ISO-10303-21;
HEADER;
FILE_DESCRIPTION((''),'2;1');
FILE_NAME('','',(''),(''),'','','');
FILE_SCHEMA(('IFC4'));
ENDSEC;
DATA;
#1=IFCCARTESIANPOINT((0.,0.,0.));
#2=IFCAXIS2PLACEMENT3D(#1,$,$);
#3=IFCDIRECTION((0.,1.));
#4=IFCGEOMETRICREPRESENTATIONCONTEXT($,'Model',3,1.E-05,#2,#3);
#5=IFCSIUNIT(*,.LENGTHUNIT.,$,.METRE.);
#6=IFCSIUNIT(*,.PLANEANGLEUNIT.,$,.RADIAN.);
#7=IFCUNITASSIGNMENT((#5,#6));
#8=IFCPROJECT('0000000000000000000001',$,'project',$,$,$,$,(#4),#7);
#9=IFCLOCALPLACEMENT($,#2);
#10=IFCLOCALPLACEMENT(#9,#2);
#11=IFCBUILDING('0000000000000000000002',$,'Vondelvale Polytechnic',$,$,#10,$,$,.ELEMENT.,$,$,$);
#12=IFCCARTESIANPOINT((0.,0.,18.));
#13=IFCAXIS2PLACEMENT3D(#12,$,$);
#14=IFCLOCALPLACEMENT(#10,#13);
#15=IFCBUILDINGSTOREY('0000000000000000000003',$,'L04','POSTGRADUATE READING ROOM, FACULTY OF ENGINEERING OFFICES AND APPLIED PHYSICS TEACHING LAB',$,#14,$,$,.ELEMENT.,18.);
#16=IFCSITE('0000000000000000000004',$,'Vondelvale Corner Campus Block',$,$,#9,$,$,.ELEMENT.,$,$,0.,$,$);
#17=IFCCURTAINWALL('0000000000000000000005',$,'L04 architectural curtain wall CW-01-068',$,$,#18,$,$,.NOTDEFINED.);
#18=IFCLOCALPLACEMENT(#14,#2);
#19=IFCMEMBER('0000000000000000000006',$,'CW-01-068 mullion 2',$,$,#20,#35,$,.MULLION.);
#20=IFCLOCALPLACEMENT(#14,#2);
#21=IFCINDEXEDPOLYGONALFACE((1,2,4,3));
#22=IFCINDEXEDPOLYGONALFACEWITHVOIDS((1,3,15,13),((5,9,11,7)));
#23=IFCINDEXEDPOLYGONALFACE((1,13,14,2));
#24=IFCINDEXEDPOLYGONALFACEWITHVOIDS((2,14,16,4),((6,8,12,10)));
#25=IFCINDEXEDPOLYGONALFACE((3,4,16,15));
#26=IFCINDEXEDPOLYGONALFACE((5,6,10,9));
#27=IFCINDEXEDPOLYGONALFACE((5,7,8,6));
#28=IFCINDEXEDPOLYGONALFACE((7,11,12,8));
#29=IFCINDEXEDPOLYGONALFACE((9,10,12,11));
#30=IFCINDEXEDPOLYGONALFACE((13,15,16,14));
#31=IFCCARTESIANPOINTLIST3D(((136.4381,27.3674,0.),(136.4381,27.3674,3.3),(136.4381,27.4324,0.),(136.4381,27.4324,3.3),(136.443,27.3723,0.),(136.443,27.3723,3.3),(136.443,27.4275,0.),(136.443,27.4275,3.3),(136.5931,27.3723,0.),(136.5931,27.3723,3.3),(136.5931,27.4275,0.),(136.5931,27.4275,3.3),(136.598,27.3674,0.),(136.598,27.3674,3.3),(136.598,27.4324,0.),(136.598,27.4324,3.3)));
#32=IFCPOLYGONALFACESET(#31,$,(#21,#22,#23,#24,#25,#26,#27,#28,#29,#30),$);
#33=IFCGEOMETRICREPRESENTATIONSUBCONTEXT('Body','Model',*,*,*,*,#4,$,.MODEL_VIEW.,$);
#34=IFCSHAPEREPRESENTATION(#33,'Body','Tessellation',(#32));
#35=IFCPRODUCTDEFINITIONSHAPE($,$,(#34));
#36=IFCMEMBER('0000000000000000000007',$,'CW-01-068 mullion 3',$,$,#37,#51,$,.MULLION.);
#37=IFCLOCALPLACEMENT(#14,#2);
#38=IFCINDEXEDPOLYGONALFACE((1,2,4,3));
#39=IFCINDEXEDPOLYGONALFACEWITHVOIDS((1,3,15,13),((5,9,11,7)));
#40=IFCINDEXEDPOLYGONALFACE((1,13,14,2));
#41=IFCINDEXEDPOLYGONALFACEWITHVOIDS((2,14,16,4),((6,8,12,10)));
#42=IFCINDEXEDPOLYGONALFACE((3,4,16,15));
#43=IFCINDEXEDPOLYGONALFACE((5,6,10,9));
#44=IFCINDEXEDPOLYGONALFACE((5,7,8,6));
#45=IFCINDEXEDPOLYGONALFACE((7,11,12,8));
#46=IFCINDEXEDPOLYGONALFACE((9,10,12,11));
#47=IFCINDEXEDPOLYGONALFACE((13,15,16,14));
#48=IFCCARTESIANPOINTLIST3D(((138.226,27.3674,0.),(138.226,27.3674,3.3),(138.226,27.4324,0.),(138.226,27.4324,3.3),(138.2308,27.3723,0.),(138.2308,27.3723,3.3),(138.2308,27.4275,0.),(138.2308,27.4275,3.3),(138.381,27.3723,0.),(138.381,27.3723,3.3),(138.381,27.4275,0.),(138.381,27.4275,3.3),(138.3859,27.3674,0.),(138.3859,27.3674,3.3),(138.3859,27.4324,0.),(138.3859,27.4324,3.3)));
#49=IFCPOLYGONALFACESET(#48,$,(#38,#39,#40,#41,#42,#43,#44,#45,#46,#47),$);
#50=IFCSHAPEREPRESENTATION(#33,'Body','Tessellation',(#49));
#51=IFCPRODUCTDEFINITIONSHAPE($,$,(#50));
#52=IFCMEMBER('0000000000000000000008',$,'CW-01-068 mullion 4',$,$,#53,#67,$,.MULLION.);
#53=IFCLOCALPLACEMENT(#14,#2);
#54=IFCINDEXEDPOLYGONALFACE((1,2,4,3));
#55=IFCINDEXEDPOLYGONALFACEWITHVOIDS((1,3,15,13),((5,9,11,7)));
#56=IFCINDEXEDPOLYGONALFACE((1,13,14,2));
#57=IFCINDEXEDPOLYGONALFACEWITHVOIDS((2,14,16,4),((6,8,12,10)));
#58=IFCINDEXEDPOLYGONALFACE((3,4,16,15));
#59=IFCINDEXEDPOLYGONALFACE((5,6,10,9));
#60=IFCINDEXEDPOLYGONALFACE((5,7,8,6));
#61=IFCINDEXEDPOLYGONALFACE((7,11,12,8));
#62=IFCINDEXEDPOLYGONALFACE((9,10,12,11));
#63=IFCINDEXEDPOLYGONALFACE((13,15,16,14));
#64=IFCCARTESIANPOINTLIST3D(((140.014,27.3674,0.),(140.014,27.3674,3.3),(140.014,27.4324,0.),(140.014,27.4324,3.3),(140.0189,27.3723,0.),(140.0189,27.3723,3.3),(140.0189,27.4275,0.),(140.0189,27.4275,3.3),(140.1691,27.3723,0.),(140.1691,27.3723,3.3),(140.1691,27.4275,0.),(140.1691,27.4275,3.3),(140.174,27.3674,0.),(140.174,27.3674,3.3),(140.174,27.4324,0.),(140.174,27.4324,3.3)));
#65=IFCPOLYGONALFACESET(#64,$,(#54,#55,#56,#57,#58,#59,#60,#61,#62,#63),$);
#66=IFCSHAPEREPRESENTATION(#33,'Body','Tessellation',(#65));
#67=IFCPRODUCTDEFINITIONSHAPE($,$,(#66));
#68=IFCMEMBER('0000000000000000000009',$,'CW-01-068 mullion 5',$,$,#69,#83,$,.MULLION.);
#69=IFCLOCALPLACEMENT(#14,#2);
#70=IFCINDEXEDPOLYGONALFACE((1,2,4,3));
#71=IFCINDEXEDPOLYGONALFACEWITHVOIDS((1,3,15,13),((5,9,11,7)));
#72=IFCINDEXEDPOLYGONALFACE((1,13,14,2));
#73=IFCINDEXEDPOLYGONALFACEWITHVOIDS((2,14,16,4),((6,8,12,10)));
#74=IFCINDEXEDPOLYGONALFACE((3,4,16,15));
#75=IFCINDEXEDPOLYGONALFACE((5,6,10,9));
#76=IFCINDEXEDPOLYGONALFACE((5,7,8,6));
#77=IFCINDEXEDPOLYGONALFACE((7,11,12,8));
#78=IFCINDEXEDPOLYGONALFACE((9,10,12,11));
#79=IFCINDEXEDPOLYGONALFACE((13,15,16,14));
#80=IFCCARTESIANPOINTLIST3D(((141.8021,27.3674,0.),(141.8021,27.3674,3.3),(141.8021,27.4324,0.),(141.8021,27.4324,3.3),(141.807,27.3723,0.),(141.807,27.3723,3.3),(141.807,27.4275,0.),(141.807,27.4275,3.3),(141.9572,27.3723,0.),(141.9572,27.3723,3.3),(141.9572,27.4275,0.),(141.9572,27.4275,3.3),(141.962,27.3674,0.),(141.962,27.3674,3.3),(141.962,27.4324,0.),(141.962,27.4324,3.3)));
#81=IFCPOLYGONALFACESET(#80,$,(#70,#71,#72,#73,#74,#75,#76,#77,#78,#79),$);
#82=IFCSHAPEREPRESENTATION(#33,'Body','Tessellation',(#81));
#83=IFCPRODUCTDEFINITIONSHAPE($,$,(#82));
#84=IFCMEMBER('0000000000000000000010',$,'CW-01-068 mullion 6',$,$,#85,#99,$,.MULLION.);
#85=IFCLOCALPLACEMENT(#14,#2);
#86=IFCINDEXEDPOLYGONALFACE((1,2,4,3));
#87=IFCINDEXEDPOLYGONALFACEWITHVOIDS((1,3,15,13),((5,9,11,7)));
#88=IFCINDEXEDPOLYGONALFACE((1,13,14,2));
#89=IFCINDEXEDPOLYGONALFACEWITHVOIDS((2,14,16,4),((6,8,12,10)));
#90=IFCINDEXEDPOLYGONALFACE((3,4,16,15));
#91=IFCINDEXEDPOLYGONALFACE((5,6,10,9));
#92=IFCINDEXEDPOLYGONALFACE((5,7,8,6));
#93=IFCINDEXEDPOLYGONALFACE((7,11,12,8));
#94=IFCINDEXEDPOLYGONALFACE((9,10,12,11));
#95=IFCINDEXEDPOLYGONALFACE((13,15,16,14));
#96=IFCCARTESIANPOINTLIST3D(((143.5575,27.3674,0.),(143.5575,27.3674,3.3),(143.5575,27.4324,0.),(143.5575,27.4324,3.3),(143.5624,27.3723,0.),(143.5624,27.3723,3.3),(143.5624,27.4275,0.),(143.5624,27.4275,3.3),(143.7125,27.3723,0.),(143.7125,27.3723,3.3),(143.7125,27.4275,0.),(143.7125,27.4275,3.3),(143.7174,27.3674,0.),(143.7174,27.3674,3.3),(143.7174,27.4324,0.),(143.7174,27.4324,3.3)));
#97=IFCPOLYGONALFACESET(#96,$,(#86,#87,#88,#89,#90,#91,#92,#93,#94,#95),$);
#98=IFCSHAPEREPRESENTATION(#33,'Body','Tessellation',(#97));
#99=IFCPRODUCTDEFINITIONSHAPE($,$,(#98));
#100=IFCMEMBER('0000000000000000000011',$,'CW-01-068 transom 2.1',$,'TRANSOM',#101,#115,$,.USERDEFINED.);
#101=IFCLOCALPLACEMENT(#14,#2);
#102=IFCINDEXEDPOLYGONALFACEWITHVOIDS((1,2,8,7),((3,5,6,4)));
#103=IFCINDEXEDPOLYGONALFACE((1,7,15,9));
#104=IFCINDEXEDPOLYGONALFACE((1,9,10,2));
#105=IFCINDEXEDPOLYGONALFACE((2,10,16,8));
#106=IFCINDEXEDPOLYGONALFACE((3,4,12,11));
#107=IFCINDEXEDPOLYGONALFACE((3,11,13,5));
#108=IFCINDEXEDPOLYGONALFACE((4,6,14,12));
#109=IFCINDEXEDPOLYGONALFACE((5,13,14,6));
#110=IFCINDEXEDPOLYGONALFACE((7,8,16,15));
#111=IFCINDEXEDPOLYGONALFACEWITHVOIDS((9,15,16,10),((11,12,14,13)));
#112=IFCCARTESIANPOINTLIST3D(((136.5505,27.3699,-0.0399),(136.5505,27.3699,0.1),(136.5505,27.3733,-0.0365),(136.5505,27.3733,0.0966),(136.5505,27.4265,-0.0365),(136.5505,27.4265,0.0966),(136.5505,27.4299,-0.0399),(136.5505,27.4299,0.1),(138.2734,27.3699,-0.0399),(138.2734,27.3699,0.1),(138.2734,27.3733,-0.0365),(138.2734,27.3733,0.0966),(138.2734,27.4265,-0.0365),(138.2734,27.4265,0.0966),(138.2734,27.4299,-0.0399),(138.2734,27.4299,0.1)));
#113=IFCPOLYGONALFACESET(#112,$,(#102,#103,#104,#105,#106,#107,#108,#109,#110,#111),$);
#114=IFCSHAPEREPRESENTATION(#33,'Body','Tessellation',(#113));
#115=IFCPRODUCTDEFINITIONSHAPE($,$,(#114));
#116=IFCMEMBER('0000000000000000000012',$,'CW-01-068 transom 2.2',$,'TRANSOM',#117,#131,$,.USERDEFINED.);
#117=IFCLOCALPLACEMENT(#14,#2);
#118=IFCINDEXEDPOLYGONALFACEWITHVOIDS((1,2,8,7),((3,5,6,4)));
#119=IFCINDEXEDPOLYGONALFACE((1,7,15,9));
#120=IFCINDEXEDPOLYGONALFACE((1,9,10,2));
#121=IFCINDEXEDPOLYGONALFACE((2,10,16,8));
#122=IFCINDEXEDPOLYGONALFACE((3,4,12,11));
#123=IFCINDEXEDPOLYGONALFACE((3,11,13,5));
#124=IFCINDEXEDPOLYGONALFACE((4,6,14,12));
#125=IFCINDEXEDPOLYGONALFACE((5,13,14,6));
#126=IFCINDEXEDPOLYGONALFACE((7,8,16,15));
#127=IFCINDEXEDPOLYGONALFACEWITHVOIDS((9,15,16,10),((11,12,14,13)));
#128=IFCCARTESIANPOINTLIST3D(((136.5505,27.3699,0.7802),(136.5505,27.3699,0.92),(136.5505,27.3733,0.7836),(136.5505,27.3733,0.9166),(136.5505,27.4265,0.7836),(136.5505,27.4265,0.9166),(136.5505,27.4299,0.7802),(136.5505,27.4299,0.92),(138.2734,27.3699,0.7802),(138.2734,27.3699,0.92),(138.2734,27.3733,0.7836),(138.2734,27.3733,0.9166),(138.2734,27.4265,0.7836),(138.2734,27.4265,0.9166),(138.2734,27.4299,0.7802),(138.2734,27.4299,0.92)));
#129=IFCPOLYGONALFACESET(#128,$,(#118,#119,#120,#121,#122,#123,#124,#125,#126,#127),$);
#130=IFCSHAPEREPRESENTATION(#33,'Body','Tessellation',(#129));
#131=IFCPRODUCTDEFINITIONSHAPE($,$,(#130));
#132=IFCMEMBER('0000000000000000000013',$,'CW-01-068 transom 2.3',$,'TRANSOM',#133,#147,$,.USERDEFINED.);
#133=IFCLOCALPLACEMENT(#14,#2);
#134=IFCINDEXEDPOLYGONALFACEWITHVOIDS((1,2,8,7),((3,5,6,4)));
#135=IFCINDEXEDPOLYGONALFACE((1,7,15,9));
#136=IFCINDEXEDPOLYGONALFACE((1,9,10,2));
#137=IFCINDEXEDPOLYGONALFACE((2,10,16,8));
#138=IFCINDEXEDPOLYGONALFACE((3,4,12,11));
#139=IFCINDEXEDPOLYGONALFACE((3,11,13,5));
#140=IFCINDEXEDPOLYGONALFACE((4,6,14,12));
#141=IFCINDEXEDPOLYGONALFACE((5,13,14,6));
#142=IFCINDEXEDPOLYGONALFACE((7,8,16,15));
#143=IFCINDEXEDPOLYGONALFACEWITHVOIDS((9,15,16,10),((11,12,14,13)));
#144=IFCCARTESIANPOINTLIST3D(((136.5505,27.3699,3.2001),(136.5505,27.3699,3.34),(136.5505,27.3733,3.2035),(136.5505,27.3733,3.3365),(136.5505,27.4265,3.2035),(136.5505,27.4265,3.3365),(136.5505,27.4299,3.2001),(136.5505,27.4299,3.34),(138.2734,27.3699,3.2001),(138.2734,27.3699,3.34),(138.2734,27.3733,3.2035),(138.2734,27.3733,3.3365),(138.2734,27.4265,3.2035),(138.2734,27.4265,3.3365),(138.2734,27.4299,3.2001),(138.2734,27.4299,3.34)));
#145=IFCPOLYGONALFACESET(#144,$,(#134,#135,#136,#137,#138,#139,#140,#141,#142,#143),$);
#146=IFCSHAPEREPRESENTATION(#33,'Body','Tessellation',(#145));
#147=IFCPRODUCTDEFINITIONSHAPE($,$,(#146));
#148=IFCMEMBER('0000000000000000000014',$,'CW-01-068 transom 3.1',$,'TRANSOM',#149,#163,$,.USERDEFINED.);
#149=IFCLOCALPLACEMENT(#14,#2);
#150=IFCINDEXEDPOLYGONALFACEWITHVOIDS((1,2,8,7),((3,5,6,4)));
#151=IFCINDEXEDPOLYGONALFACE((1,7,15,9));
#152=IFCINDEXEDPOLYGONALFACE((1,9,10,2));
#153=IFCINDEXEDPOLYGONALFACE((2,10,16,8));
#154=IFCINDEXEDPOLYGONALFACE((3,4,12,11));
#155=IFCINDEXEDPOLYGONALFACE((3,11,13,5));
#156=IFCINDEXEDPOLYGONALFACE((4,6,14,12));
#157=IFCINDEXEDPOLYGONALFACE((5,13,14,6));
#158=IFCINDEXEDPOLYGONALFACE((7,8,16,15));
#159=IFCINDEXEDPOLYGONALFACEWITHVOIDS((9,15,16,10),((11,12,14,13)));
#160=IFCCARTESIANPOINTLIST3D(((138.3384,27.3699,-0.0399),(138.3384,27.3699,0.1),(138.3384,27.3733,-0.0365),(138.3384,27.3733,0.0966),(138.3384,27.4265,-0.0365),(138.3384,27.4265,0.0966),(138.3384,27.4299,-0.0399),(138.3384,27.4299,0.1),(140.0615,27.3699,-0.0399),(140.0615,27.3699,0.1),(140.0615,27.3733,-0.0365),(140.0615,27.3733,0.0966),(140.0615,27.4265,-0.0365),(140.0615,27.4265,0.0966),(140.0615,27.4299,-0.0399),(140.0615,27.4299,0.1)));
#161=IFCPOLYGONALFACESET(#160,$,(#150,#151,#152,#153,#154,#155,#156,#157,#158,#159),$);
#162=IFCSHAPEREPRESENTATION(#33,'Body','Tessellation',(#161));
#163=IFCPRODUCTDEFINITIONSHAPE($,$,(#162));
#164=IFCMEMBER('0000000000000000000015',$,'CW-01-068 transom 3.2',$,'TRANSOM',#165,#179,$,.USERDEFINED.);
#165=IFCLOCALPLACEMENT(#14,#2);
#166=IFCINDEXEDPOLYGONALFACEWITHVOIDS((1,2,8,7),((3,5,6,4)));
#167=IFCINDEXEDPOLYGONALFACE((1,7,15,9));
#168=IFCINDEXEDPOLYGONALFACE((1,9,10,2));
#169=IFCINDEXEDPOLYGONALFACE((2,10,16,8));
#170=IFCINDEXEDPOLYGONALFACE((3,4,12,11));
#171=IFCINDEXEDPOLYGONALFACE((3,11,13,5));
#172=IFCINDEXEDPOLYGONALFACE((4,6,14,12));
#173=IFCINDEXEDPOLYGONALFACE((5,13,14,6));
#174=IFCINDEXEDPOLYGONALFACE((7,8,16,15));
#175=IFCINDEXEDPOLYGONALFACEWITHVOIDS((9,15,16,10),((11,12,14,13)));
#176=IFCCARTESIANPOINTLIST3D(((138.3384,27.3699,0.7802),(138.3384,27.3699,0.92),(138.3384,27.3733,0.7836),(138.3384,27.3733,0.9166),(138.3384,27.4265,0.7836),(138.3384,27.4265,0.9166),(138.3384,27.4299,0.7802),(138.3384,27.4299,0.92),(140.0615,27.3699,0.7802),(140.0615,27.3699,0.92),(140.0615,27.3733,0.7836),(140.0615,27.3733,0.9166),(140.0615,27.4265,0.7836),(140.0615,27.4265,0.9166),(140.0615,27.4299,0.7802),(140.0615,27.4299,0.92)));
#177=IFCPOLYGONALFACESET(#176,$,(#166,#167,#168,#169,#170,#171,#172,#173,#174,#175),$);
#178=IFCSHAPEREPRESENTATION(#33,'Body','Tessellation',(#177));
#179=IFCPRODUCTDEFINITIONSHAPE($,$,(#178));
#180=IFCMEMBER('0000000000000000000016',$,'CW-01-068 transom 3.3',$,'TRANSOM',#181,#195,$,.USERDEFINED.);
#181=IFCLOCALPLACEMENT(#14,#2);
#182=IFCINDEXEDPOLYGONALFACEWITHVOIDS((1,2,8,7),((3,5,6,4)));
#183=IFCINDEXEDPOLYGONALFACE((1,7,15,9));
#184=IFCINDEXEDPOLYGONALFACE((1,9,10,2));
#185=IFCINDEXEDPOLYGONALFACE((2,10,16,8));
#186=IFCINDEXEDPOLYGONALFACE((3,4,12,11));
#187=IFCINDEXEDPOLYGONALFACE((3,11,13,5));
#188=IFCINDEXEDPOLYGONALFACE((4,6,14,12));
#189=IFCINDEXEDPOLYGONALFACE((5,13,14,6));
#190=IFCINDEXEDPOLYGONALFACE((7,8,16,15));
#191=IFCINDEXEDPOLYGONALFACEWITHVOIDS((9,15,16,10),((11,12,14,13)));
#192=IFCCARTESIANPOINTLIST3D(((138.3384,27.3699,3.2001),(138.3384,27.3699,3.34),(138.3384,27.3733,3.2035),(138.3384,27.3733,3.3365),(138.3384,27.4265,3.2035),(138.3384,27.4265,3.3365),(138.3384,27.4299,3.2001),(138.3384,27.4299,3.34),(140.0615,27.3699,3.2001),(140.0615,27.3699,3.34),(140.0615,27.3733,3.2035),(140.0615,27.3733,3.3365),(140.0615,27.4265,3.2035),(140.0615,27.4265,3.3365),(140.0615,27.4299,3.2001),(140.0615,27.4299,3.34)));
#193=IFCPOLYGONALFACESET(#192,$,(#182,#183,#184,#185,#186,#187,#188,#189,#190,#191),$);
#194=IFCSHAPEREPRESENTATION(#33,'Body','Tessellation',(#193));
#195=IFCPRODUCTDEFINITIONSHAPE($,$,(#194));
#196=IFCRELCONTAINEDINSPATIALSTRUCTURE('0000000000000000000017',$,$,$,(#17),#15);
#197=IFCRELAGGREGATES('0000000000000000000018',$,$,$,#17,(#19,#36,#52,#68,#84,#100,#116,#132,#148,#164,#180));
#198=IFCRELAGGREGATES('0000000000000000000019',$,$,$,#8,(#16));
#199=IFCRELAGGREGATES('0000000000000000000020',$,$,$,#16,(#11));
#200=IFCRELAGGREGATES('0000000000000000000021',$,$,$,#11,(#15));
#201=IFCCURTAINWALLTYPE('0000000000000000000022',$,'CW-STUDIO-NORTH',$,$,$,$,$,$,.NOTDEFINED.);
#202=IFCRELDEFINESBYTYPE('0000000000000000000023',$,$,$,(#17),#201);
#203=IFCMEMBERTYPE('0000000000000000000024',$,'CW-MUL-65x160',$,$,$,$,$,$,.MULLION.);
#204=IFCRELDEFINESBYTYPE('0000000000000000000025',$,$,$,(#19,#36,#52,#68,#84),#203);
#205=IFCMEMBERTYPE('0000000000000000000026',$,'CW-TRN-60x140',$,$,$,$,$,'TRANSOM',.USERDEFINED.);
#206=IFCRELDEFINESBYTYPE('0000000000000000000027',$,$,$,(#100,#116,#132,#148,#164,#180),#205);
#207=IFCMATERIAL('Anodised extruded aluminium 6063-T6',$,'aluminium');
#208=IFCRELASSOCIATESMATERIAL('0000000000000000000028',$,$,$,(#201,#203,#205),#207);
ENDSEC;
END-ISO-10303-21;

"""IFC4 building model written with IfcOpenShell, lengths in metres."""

from ifc_helpers import new_model, si_unit, direction, frame, origin, origin_2d, place, context, subcontext, project, spatial, hollow_rectangle, extrude, material, material_profile, profile_set, type_object, element, aggregate, save


model = new_model("IFC4")

# Units and contexts
model_context = context("Model", 3, precision=1e-05, world=origin(), true_north=direction((0.0, 1.0)))
body_context = subcontext(model_context, "Body", "Model", "MODEL_VIEW")
ifc_project = project(units=[si_unit("LENGTHUNIT", "METRE"), si_unit("PLANEANGLEUNIT", "RADIAN")], contexts=[model_context])

# Site, building, storey
site_placement = place(None, origin())
site = spatial("IfcSite", under=ifc_project, at=site_placement, Name="Vondelvale Corner Campus Block", CompositionType="ELEMENT", RefElevation=0.0)
building_placement = place(site_placement, origin())
building = spatial("IfcBuilding", under=site, at=building_placement, Name="Vondelvale Polytechnic", CompositionType="ELEMENT")
storey_placement = place(building_placement, frame((0.0, 0.0, 18.0)))
storey = spatial("IfcBuildingStorey", under=building, at=storey_placement, Name="L04", Description="POSTGRADUATE READING ROOM, FACULTY OF ENGINEERING OFFICES AND APPLIED PHYSICS TEACHING LAB", CompositionType="ELEMENT", Elevation=18.0)

# Curtain wall, members
ifc_material_1 = material(Name="Anodised extruded aluminium 6063-T6", Category="aluminium")
curtain_wall_type = type_object("IfcCurtainWallType", Name="CW-STUDIO-NORTH", PredefinedType="NOTDEFINED", material=ifc_material_1)
curtain_wall_placement = place(storey_placement, origin())
curtain_wall = element("IfcCurtainWall", 1, at=curtain_wall_placement, inside=storey, type_object=curtain_wall_type, Name="L04 architectural curtain wall CW-01-068", PredefinedType="NOTDEFINED")
ifc_material_profile_1 = material_profile(ifc_material_1, hollow_rectangle(XDim=0.0649, YDim=0.1599, WallThickness=0.0049, at=origin_2d()), Name="CW-MUL-160x65")
ifc_profile_set_1 = profile_set([ifc_material_profile_1], Name="Anodised extruded aluminium 6063-T6")
member_type_1 = type_object("IfcMemberType", Name="CW-MUL-65x160", PredefinedType="MULLION", material=ifc_profile_set_1)
member_1_placement = place(storey_placement, frame((136.5181, 27.3999, 0.0), z_axis=(0.0, 0.0, 1.0), x_axis=(0.0, 1.0, 0.0)))
member_1 = element("IfcMember", 2, at=member_1_placement, type_object=member_type_1, Name="CW-01-068 mullion 2", PredefinedType="MULLION", context=body_context, shape_type="SweptSolid", body=[
    extrude(hollow_rectangle(XDim=0.0649, YDim=0.1599, WallThickness=0.0049, at=origin_2d()), origin(), (0.0, 0.0, 1.0), 3.3),
])
member_2_placement = place(storey_placement, frame((138.3059, 27.3999, 0.0), z_axis=(0.0, 0.0, 1.0), x_axis=(0.0, 1.0, 0.0)))
member_2 = element("IfcMember", 3, at=member_2_placement, type_object=member_type_1, Name="CW-01-068 mullion 3", PredefinedType="MULLION", context=body_context, shape_type="SweptSolid", body=[
    extrude(hollow_rectangle(XDim=0.0649, YDim=0.1599, WallThickness=0.0049, at=origin_2d()), origin(), (0.0, 0.0, 1.0), 3.3),
])
member_3_placement = place(storey_placement, frame((140.094, 27.3999, 0.0), z_axis=(0.0, 0.0, 1.0), x_axis=(0.0, 1.0, 0.0)))
member_3 = element("IfcMember", 4, at=member_3_placement, type_object=member_type_1, Name="CW-01-068 mullion 4", PredefinedType="MULLION", context=body_context, shape_type="SweptSolid", body=[
    extrude(hollow_rectangle(XDim=0.0649, YDim=0.1599, WallThickness=0.0049, at=origin_2d()), origin(), (0.0, 0.0, 1.0), 3.3),
])
member_4_placement = place(storey_placement, frame((141.8821, 27.3999, 0.0), z_axis=(0.0, 0.0, 1.0), x_axis=(0.0, 1.0, 0.0)))
member_4 = element("IfcMember", 5, at=member_4_placement, type_object=member_type_1, Name="CW-01-068 mullion 5", PredefinedType="MULLION", context=body_context, shape_type="SweptSolid", body=[
    extrude(hollow_rectangle(XDim=0.0649, YDim=0.1599, WallThickness=0.0049, at=origin_2d()), origin(), (0.0, 0.0, 1.0), 3.3),
])
member_5_placement = place(storey_placement, frame((143.6375, 27.3999, 0.0), z_axis=(0.0, 0.0, 1.0), x_axis=(0.0, 1.0, 0.0)))
member_5 = element("IfcMember", 6, at=member_5_placement, type_object=member_type_1, Name="CW-01-068 mullion 6", PredefinedType="MULLION", context=body_context, shape_type="SweptSolid", body=[
    extrude(hollow_rectangle(XDim=0.0649, YDim=0.1599, WallThickness=0.0049, at=origin_2d()), origin(), (0.0, 0.0, 1.0), 3.3),
])
ifc_material_profile_2 = material_profile(ifc_material_1, hollow_rectangle(XDim=0.0601, YDim=0.1399, WallThickness=0.0034, at=origin_2d()), Name="CW-TRN-140x60")
ifc_profile_set_2 = profile_set([ifc_material_profile_2], Name="Anodised extruded aluminium 6063-T6")
member_type_2 = type_object("IfcMemberType", Name="CW-TRN-60x140", ElementType="TRANSOM", PredefinedType="USERDEFINED", material=ifc_profile_set_2)
member_6_placement = place(storey_placement, frame((136.5505, 27.3999, 0.03), z_axis=(1.0, 0.0, 0.0), x_axis=(0.0, 1.0, 0.0)))
member_6 = element("IfcMember", 7, at=member_6_placement, type_object=member_type_2, Name="CW-01-068 transom 2.1", ObjectType="TRANSOM", PredefinedType="USERDEFINED", context=body_context, shape_type="SweptSolid", body=[
    extrude(hollow_rectangle(XDim=0.0601, YDim=0.1399, WallThickness=0.0034, at=origin_2d()), origin(), (0.0, 0.0, 1.0), 1.7229),
])
member_7_placement = place(storey_placement, frame((136.5505, 27.3999, 0.8501), z_axis=(1.0, 0.0, 0.0), x_axis=(0.0, 1.0, 0.0)))
member_7 = element("IfcMember", 8, at=member_7_placement, type_object=member_type_2, Name="CW-01-068 transom 2.2", ObjectType="TRANSOM", PredefinedType="USERDEFINED", context=body_context, shape_type="SweptSolid", body=[
    extrude(hollow_rectangle(XDim=0.0601, YDim=0.1399, WallThickness=0.0034, at=origin_2d()), origin(), (0.0, 0.0, 1.0), 1.7229),
])
member_8_placement = place(storey_placement, frame((136.5505, 27.3999, 3.27), z_axis=(1.0, 0.0, 0.0), x_axis=(0.0, 1.0, 0.0)))
member_8 = element("IfcMember", 9, at=member_8_placement, type_object=member_type_2, Name="CW-01-068 transom 2.3", ObjectType="TRANSOM", PredefinedType="USERDEFINED", context=body_context, shape_type="SweptSolid", body=[
    extrude(hollow_rectangle(XDim=0.0601, YDim=0.1399, WallThickness=0.0034, at=origin_2d()), origin(), (0.0, 0.0, 1.0), 1.7229),
])
member_9_placement = place(storey_placement, frame((138.3384, 27.3999, 0.03), z_axis=(1.0, 0.0, 0.0), x_axis=(0.0, 1.0, 0.0)))
member_9 = element("IfcMember", 10, at=member_9_placement, type_object=member_type_2, Name="CW-01-068 transom 3.1", ObjectType="TRANSOM", PredefinedType="USERDEFINED", context=body_context, shape_type="SweptSolid", body=[
    extrude(hollow_rectangle(XDim=0.0601, YDim=0.1399, WallThickness=0.0034, at=origin_2d()), origin(), (0.0, 0.0, 1.0), 1.7231),
])
member_10_placement = place(storey_placement, frame((138.3384, 27.3999, 0.8501), z_axis=(1.0, 0.0, 0.0), x_axis=(0.0, 1.0, 0.0)))
member_10 = element("IfcMember", 11, at=member_10_placement, type_object=member_type_2, Name="CW-01-068 transom 3.2", ObjectType="TRANSOM", PredefinedType="USERDEFINED", context=body_context, shape_type="SweptSolid", body=[
    extrude(hollow_rectangle(XDim=0.0601, YDim=0.1399, WallThickness=0.0034, at=origin_2d()), origin(), (0.0, 0.0, 1.0), 1.7231),
])
member_11_placement = place(storey_placement, frame((138.3384, 27.3999, 3.27), z_axis=(1.0, 0.0, 0.0), x_axis=(0.0, 1.0, 0.0)))
member_11 = element("IfcMember", 12, at=member_11_placement, type_object=member_type_2, Name="CW-01-068 transom 3.3", ObjectType="TRANSOM", PredefinedType="USERDEFINED", context=body_context, shape_type="SweptSolid", body=[
    extrude(hollow_rectangle(XDim=0.0601, YDim=0.1399, WallThickness=0.0034, at=origin_2d()), origin(), (0.0, 0.0, 1.0), 1.7231),
])
aggregate(curtain_wall, [member_1, member_2, member_3, member_4, member_5, member_6, member_7, member_8, member_9, member_10, member_11])

save(model, "model.ifc")
